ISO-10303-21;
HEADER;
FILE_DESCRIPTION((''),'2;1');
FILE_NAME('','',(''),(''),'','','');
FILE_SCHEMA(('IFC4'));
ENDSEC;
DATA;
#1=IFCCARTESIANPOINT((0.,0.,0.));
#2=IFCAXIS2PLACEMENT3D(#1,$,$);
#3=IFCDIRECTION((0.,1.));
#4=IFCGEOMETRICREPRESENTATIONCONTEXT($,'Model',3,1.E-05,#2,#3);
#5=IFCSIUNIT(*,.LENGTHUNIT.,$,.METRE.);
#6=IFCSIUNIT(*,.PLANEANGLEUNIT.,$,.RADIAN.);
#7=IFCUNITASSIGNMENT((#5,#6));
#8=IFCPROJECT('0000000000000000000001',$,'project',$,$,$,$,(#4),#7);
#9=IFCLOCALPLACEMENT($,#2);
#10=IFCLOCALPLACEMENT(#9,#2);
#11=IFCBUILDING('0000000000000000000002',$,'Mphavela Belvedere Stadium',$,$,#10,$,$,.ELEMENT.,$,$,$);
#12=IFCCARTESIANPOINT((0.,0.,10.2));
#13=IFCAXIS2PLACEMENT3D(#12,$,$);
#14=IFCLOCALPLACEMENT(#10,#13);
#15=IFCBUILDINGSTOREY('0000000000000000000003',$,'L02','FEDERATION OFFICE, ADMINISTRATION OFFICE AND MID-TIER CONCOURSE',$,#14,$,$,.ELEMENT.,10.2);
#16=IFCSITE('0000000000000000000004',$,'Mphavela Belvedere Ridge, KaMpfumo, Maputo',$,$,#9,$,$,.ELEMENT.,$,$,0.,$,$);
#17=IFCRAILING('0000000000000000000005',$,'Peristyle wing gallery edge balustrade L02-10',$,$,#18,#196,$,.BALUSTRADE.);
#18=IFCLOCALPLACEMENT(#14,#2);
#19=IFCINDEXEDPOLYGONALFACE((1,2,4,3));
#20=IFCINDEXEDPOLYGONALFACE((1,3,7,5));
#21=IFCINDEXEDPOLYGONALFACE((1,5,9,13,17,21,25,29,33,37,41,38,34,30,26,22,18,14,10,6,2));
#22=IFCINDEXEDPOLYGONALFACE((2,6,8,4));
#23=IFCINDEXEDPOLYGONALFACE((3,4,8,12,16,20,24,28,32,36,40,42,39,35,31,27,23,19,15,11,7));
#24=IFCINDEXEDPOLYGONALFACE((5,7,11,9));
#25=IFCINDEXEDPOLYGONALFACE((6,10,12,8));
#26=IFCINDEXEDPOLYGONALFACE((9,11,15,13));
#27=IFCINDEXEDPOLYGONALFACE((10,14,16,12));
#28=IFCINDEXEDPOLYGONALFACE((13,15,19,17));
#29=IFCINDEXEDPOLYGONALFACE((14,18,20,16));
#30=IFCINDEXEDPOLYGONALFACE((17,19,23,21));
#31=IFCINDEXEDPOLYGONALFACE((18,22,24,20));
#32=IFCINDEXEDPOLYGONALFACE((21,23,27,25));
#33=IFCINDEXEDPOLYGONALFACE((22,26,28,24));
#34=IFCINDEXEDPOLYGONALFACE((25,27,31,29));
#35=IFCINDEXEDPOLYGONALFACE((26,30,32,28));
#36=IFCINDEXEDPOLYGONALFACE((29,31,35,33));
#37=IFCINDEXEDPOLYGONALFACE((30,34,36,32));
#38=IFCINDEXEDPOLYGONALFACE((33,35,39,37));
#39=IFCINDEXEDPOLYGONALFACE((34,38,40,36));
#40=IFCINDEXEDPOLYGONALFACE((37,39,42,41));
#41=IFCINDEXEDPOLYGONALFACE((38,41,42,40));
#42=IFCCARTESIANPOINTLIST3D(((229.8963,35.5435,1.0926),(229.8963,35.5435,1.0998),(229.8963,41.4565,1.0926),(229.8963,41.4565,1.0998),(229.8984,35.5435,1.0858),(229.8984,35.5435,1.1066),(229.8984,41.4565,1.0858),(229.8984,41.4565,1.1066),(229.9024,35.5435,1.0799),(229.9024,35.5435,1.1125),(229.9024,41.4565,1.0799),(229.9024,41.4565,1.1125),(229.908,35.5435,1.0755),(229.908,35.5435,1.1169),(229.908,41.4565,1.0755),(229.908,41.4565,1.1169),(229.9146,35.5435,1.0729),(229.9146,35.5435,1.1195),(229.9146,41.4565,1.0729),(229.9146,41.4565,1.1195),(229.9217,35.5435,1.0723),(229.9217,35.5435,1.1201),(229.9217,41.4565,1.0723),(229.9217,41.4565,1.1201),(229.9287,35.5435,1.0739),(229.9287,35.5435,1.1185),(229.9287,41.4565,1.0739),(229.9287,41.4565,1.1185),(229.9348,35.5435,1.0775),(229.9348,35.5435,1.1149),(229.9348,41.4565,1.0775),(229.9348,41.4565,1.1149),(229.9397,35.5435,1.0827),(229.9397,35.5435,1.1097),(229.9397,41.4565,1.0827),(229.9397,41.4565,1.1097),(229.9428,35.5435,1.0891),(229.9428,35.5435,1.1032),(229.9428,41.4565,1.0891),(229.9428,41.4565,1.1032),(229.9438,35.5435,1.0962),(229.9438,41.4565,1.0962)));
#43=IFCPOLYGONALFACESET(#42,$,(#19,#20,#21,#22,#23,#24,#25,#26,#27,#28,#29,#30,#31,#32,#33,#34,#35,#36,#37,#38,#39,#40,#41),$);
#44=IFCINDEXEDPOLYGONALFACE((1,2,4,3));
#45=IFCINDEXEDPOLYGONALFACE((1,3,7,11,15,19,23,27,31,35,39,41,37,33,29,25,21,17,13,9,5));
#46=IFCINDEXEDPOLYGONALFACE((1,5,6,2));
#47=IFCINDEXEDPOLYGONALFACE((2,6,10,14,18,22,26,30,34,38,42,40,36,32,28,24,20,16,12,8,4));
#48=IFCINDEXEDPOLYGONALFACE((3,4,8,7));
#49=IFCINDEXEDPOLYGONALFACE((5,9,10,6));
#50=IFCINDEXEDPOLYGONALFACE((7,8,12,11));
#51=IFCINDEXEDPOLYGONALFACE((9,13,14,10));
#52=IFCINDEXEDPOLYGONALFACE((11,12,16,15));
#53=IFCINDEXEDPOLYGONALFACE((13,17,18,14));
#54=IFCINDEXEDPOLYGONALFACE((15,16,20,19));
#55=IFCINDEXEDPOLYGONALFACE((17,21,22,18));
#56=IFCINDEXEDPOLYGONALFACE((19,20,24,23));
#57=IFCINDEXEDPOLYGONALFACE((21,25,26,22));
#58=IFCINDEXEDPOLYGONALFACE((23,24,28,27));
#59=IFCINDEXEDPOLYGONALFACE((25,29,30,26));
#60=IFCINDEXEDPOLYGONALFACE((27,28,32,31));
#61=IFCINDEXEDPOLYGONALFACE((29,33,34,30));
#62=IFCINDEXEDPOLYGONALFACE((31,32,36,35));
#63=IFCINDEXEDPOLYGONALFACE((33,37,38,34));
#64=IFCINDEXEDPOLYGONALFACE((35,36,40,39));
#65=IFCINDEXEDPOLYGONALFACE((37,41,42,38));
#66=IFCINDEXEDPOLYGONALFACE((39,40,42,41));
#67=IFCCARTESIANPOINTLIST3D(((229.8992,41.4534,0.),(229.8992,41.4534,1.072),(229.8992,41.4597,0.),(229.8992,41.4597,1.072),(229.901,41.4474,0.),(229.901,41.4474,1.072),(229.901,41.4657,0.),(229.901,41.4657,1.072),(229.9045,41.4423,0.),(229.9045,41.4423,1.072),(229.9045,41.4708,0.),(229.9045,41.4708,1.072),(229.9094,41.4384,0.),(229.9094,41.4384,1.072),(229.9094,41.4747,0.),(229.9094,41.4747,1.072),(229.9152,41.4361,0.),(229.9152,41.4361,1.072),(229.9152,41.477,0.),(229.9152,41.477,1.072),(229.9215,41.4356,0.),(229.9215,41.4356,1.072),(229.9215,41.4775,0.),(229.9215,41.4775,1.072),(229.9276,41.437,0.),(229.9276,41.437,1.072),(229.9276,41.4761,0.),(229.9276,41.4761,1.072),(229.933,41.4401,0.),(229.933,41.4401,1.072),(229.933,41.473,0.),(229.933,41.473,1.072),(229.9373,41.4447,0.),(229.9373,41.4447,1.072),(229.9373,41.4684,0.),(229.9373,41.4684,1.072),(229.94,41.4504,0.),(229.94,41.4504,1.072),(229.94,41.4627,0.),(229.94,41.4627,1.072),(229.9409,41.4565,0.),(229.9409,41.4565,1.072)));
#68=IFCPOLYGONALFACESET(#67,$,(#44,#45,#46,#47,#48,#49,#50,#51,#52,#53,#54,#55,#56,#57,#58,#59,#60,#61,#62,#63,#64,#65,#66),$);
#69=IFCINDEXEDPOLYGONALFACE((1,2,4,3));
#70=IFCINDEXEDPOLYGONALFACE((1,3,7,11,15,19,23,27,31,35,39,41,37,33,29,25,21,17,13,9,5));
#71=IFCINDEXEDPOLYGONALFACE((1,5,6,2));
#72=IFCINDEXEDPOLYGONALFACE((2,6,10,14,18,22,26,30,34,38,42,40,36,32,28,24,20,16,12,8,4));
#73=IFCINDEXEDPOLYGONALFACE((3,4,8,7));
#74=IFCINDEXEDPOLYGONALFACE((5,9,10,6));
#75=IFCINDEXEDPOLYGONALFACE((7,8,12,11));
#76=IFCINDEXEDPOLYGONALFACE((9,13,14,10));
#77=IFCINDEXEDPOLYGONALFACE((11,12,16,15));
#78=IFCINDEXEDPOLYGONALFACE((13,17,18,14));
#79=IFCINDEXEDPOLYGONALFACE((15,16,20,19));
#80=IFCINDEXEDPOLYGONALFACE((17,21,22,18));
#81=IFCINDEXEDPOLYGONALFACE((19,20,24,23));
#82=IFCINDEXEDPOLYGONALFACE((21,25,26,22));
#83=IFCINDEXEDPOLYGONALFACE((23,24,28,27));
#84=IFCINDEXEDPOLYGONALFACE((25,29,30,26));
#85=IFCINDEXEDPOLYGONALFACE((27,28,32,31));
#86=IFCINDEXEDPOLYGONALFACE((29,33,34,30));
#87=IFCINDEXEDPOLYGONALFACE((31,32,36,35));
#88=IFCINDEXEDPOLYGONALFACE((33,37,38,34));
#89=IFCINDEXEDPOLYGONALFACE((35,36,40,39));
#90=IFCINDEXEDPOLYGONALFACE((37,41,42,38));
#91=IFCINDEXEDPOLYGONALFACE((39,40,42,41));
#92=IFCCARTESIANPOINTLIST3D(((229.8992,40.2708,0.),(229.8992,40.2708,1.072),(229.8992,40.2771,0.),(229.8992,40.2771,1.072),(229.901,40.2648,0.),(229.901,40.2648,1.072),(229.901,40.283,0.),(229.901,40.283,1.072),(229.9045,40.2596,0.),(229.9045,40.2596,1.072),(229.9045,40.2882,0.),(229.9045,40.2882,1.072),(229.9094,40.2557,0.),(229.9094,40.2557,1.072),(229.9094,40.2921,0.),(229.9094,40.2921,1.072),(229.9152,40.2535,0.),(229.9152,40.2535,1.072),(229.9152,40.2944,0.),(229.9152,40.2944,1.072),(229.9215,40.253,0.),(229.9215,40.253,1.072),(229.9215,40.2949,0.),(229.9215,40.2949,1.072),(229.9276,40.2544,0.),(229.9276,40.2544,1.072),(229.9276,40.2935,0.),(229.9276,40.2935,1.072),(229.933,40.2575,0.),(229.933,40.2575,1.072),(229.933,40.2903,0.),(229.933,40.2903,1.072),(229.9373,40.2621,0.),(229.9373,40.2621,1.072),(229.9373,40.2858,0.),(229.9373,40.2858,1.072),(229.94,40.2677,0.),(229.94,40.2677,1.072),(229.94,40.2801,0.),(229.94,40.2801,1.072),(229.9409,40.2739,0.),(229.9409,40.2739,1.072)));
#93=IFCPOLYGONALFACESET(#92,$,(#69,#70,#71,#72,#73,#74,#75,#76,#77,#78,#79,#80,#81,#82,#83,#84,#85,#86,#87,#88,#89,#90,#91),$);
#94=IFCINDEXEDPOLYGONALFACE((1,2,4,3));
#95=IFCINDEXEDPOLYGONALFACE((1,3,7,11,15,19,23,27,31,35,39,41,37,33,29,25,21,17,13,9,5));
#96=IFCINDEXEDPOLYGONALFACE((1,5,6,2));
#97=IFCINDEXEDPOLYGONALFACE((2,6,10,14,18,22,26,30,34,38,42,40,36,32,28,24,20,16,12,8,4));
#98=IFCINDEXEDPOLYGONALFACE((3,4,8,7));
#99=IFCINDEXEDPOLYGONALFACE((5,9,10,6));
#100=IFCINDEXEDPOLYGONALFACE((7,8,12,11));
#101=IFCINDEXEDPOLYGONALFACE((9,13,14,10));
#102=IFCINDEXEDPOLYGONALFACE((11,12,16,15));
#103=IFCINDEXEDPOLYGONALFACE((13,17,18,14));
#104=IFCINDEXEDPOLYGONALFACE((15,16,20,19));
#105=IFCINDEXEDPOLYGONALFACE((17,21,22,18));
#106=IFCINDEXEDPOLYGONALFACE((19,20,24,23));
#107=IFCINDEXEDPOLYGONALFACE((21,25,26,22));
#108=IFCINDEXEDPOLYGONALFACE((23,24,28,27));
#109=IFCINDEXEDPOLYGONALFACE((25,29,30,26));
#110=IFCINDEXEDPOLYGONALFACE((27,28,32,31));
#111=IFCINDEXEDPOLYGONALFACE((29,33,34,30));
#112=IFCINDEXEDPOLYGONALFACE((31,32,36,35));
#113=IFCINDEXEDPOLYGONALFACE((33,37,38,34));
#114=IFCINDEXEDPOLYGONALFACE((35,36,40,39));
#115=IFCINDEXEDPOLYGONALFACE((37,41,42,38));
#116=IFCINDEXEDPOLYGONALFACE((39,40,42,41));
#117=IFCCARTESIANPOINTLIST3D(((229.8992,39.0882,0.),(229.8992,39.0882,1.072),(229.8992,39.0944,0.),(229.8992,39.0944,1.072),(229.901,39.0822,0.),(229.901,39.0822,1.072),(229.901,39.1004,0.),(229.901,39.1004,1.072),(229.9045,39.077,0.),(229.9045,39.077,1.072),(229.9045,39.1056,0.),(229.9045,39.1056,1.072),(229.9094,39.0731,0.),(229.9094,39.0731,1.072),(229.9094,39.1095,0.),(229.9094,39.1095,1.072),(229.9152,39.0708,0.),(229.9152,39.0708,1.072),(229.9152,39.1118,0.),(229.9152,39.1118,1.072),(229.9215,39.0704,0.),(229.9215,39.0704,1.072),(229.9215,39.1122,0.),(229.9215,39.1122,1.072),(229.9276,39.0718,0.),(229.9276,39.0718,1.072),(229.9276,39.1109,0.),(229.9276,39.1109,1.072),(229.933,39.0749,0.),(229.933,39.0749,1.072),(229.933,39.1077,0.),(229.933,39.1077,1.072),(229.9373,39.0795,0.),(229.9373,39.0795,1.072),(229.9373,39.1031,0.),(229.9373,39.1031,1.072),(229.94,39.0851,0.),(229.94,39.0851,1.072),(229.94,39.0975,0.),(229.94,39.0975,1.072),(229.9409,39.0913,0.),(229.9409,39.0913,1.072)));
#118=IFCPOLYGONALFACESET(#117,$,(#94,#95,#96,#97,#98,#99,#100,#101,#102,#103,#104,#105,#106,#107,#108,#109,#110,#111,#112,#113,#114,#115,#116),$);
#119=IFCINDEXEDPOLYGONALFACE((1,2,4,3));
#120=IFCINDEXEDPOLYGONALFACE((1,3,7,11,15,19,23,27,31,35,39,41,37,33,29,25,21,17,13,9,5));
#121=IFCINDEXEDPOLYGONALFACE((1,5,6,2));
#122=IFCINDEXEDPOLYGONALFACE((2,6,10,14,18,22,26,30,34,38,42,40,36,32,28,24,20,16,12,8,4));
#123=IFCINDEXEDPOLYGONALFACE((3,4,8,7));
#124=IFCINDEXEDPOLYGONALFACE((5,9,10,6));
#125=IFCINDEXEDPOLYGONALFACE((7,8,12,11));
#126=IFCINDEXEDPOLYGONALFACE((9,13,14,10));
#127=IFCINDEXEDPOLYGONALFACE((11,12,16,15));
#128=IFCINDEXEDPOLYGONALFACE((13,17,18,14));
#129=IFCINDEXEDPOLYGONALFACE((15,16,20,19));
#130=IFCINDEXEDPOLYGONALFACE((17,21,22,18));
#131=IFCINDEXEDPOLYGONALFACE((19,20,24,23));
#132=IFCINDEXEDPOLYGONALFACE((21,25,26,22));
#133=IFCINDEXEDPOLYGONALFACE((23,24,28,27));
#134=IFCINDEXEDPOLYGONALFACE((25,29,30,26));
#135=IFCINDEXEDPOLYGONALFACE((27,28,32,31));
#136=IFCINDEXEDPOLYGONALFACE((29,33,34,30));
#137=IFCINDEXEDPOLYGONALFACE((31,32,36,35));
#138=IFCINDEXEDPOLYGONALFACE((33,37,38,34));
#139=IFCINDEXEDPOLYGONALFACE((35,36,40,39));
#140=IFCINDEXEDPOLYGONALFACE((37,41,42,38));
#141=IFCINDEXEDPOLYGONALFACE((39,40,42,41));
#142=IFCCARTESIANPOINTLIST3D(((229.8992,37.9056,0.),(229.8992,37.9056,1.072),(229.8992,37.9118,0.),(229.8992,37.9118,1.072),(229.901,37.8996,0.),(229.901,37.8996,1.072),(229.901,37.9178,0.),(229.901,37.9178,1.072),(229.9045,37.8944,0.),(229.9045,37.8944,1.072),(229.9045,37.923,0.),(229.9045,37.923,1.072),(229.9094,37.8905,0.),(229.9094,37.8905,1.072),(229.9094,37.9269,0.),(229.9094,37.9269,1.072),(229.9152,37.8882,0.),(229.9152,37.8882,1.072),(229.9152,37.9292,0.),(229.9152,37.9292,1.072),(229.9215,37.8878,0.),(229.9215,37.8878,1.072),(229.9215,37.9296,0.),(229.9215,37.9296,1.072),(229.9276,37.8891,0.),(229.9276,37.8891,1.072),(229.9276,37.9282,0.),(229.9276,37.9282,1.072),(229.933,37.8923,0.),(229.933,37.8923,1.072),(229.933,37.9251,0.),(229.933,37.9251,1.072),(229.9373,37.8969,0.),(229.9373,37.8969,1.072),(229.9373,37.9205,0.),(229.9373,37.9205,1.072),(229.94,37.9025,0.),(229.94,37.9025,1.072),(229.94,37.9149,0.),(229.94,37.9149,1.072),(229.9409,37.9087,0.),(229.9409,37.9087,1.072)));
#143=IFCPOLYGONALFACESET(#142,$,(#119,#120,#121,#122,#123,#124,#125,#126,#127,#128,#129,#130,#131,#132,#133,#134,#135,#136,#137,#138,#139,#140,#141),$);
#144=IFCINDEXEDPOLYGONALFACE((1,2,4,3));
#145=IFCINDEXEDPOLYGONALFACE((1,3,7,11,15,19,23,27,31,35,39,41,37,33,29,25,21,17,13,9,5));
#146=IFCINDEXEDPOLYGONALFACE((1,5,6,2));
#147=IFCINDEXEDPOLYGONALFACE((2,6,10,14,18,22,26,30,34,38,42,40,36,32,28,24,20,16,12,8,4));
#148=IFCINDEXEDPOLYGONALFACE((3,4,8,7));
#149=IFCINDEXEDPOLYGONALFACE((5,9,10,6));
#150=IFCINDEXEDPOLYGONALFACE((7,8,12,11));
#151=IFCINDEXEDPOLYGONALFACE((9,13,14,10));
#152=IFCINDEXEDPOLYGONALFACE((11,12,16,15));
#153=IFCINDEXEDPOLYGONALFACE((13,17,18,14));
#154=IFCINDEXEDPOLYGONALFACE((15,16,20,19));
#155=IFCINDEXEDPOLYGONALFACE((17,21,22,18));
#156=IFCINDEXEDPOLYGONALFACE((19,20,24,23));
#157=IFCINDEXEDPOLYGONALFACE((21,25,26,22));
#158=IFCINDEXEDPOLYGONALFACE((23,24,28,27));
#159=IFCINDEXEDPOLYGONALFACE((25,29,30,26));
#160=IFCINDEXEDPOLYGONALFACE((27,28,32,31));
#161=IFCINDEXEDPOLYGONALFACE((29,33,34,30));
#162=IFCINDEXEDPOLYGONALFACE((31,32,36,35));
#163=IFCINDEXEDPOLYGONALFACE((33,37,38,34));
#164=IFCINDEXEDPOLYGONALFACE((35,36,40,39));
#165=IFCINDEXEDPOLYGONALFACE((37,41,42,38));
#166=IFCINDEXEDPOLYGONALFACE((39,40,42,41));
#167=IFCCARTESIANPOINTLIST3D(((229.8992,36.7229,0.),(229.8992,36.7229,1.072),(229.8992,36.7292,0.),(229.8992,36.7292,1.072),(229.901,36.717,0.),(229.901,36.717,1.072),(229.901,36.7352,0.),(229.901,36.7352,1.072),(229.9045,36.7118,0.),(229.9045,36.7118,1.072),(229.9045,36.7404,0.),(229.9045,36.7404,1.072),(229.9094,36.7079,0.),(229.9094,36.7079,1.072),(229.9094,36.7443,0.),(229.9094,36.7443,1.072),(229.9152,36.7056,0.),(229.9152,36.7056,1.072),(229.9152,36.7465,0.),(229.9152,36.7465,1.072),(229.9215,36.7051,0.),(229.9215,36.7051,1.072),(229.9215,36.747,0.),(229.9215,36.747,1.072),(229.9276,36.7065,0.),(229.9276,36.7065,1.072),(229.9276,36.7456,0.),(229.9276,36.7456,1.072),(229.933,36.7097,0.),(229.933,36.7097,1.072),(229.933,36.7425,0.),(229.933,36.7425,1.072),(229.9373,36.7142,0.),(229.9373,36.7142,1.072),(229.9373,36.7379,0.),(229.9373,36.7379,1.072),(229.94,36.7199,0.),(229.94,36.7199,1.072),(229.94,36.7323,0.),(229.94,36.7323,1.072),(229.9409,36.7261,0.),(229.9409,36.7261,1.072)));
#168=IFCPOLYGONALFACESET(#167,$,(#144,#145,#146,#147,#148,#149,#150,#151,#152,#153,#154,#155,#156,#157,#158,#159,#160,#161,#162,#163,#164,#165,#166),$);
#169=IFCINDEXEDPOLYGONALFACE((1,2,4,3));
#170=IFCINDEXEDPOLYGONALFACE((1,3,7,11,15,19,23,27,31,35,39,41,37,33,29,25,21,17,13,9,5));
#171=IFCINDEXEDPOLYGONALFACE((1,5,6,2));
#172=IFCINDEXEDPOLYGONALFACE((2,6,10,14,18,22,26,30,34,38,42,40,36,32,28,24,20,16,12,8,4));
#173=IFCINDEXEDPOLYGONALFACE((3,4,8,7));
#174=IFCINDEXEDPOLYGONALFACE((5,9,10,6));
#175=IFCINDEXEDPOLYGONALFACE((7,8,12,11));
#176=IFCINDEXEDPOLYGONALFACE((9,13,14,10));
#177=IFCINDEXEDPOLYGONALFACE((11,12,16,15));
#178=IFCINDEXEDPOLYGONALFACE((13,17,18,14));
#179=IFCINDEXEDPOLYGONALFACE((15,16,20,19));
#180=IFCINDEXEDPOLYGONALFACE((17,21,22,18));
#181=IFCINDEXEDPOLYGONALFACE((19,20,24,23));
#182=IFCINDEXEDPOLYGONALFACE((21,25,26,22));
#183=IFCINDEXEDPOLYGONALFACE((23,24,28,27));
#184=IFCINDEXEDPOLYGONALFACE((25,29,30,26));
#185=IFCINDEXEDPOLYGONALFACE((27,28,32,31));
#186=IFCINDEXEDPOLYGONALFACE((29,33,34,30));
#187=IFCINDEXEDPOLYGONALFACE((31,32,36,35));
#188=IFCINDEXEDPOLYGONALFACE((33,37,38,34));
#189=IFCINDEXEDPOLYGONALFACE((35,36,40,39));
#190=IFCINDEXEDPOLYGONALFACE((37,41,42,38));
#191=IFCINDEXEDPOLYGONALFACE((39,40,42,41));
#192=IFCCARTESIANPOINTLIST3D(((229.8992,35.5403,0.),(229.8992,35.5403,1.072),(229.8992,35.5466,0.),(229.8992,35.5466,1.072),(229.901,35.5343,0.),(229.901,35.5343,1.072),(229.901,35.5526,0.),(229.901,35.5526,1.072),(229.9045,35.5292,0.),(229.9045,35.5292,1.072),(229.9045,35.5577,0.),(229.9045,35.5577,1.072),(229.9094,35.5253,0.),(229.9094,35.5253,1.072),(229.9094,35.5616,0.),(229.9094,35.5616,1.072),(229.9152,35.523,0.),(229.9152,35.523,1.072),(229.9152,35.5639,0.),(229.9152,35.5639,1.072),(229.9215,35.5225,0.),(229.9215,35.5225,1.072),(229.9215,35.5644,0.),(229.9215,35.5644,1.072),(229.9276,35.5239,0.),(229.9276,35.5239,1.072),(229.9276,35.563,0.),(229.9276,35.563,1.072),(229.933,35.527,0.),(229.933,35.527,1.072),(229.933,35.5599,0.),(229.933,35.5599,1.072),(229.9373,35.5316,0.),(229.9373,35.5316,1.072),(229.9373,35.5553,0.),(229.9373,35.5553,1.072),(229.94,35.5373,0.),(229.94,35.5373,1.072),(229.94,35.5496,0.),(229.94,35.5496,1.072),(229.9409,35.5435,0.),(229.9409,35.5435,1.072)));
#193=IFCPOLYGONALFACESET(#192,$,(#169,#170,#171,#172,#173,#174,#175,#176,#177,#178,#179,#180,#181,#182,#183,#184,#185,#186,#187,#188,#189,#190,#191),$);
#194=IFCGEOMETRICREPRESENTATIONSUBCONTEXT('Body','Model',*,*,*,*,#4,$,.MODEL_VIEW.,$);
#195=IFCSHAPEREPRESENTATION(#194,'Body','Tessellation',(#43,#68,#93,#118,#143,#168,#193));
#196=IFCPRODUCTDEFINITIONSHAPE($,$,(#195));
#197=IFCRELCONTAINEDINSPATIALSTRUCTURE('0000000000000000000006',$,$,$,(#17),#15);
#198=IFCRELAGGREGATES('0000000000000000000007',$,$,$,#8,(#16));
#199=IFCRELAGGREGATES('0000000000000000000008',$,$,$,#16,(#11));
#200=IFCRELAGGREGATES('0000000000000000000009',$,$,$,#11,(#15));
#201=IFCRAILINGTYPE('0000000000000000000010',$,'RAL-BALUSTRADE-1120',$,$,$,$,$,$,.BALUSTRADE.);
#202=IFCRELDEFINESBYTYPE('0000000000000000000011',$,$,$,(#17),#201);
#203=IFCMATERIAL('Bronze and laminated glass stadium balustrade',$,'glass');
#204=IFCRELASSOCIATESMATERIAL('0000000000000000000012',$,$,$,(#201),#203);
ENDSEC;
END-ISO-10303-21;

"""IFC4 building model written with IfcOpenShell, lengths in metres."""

from ifc_helpers import new_model, si_unit, direction, frame, origin, origin_2d, place, context, subcontext, project, spatial, circle, extrude, material, type_object, element, save


model = new_model("IFC4")

# Units and contexts
model_context = context("Model", 3, precision=1e-05, world=origin(), true_north=direction((0.0, 1.0)))
body_context = subcontext(model_context, "Body", "Model", "MODEL_VIEW")
ifc_project = project(units=[si_unit("LENGTHUNIT", "METRE"), si_unit("PLANEANGLEUNIT", "RADIAN")], contexts=[model_context])

# Site, building, storey
site_placement = place(None, origin())
site = spatial("IfcSite", under=ifc_project, at=site_placement, Name="Mphavela Belvedere Ridge, KaMpfumo, Maputo", CompositionType="ELEMENT", RefElevation=0.0)
building_placement = place(site_placement, origin())
building = spatial("IfcBuilding", under=site, at=building_placement, Name="Mphavela Belvedere Stadium", CompositionType="ELEMENT")
storey_placement = place(building_placement, frame((0.0, 0.0, 10.2)))
storey = spatial("IfcBuildingStorey", under=building, at=storey_placement, Name="L02", Description="FEDERATION OFFICE, ADMINISTRATION OFFICE AND MID-TIER CONCOURSE", CompositionType="ELEMENT", Elevation=10.2)

# Railing
ifc_material_1 = material(Name="Bronze and laminated glass stadium balustrade", Category="glass")
railing_type = type_object("IfcRailingType", Name="RAL-BALUSTRADE-1120", PredefinedType="BALUSTRADE", material=ifc_material_1)
for number, where, name in (
    (1, (229.9199, 41.4565, 0.0), "Peristyle wing gallery edge balustrade L02-10"),
):
    element("IfcRailing", number, at=place(storey_placement, frame(where)), inside=storey, type_object=railing_type, Name=name, PredefinedType="BALUSTRADE", context=body_context, shape_type="SweptSolid", body=[
        extrude(circle(Radius=0.0239, at=origin_2d()), frame((0.0, 0.0, 1.0962), z_axis=(0.0, -1.0, 0.0), x_axis=(1.0, 0.0, 0.0)), (0.0, 0.0, 1.0), 5.9131),
        extrude(circle(Radius=0.021, at=origin_2d()), origin(), (0.0, 0.0, 1.0), 1.072),
        extrude(circle(Radius=0.021, at=origin_2d()), frame((0.0, -1.1826, 0.0)), (0.0, 0.0, 1.0), 1.072),
        extrude(circle(Radius=0.021, at=origin_2d()), frame((0.0, -2.3652, 0.0)), (0.0, 0.0, 1.0), 1.072),
        extrude(circle(Radius=0.021, at=origin_2d()), frame((0.0, -3.5479, 0.0)), (0.0, 0.0, 1.0), 1.072),
        extrude(circle(Radius=0.021, at=origin_2d()), frame((0.0, -4.7305, 0.0)), (0.0, 0.0, 1.0), 1.072),
        extrude(circle(Radius=0.021, at=origin_2d()), frame((0.0, -5.9131, 0.0)), (0.0, 0.0, 1.0), 1.072),
    ])

save(model, "model.ifc")
